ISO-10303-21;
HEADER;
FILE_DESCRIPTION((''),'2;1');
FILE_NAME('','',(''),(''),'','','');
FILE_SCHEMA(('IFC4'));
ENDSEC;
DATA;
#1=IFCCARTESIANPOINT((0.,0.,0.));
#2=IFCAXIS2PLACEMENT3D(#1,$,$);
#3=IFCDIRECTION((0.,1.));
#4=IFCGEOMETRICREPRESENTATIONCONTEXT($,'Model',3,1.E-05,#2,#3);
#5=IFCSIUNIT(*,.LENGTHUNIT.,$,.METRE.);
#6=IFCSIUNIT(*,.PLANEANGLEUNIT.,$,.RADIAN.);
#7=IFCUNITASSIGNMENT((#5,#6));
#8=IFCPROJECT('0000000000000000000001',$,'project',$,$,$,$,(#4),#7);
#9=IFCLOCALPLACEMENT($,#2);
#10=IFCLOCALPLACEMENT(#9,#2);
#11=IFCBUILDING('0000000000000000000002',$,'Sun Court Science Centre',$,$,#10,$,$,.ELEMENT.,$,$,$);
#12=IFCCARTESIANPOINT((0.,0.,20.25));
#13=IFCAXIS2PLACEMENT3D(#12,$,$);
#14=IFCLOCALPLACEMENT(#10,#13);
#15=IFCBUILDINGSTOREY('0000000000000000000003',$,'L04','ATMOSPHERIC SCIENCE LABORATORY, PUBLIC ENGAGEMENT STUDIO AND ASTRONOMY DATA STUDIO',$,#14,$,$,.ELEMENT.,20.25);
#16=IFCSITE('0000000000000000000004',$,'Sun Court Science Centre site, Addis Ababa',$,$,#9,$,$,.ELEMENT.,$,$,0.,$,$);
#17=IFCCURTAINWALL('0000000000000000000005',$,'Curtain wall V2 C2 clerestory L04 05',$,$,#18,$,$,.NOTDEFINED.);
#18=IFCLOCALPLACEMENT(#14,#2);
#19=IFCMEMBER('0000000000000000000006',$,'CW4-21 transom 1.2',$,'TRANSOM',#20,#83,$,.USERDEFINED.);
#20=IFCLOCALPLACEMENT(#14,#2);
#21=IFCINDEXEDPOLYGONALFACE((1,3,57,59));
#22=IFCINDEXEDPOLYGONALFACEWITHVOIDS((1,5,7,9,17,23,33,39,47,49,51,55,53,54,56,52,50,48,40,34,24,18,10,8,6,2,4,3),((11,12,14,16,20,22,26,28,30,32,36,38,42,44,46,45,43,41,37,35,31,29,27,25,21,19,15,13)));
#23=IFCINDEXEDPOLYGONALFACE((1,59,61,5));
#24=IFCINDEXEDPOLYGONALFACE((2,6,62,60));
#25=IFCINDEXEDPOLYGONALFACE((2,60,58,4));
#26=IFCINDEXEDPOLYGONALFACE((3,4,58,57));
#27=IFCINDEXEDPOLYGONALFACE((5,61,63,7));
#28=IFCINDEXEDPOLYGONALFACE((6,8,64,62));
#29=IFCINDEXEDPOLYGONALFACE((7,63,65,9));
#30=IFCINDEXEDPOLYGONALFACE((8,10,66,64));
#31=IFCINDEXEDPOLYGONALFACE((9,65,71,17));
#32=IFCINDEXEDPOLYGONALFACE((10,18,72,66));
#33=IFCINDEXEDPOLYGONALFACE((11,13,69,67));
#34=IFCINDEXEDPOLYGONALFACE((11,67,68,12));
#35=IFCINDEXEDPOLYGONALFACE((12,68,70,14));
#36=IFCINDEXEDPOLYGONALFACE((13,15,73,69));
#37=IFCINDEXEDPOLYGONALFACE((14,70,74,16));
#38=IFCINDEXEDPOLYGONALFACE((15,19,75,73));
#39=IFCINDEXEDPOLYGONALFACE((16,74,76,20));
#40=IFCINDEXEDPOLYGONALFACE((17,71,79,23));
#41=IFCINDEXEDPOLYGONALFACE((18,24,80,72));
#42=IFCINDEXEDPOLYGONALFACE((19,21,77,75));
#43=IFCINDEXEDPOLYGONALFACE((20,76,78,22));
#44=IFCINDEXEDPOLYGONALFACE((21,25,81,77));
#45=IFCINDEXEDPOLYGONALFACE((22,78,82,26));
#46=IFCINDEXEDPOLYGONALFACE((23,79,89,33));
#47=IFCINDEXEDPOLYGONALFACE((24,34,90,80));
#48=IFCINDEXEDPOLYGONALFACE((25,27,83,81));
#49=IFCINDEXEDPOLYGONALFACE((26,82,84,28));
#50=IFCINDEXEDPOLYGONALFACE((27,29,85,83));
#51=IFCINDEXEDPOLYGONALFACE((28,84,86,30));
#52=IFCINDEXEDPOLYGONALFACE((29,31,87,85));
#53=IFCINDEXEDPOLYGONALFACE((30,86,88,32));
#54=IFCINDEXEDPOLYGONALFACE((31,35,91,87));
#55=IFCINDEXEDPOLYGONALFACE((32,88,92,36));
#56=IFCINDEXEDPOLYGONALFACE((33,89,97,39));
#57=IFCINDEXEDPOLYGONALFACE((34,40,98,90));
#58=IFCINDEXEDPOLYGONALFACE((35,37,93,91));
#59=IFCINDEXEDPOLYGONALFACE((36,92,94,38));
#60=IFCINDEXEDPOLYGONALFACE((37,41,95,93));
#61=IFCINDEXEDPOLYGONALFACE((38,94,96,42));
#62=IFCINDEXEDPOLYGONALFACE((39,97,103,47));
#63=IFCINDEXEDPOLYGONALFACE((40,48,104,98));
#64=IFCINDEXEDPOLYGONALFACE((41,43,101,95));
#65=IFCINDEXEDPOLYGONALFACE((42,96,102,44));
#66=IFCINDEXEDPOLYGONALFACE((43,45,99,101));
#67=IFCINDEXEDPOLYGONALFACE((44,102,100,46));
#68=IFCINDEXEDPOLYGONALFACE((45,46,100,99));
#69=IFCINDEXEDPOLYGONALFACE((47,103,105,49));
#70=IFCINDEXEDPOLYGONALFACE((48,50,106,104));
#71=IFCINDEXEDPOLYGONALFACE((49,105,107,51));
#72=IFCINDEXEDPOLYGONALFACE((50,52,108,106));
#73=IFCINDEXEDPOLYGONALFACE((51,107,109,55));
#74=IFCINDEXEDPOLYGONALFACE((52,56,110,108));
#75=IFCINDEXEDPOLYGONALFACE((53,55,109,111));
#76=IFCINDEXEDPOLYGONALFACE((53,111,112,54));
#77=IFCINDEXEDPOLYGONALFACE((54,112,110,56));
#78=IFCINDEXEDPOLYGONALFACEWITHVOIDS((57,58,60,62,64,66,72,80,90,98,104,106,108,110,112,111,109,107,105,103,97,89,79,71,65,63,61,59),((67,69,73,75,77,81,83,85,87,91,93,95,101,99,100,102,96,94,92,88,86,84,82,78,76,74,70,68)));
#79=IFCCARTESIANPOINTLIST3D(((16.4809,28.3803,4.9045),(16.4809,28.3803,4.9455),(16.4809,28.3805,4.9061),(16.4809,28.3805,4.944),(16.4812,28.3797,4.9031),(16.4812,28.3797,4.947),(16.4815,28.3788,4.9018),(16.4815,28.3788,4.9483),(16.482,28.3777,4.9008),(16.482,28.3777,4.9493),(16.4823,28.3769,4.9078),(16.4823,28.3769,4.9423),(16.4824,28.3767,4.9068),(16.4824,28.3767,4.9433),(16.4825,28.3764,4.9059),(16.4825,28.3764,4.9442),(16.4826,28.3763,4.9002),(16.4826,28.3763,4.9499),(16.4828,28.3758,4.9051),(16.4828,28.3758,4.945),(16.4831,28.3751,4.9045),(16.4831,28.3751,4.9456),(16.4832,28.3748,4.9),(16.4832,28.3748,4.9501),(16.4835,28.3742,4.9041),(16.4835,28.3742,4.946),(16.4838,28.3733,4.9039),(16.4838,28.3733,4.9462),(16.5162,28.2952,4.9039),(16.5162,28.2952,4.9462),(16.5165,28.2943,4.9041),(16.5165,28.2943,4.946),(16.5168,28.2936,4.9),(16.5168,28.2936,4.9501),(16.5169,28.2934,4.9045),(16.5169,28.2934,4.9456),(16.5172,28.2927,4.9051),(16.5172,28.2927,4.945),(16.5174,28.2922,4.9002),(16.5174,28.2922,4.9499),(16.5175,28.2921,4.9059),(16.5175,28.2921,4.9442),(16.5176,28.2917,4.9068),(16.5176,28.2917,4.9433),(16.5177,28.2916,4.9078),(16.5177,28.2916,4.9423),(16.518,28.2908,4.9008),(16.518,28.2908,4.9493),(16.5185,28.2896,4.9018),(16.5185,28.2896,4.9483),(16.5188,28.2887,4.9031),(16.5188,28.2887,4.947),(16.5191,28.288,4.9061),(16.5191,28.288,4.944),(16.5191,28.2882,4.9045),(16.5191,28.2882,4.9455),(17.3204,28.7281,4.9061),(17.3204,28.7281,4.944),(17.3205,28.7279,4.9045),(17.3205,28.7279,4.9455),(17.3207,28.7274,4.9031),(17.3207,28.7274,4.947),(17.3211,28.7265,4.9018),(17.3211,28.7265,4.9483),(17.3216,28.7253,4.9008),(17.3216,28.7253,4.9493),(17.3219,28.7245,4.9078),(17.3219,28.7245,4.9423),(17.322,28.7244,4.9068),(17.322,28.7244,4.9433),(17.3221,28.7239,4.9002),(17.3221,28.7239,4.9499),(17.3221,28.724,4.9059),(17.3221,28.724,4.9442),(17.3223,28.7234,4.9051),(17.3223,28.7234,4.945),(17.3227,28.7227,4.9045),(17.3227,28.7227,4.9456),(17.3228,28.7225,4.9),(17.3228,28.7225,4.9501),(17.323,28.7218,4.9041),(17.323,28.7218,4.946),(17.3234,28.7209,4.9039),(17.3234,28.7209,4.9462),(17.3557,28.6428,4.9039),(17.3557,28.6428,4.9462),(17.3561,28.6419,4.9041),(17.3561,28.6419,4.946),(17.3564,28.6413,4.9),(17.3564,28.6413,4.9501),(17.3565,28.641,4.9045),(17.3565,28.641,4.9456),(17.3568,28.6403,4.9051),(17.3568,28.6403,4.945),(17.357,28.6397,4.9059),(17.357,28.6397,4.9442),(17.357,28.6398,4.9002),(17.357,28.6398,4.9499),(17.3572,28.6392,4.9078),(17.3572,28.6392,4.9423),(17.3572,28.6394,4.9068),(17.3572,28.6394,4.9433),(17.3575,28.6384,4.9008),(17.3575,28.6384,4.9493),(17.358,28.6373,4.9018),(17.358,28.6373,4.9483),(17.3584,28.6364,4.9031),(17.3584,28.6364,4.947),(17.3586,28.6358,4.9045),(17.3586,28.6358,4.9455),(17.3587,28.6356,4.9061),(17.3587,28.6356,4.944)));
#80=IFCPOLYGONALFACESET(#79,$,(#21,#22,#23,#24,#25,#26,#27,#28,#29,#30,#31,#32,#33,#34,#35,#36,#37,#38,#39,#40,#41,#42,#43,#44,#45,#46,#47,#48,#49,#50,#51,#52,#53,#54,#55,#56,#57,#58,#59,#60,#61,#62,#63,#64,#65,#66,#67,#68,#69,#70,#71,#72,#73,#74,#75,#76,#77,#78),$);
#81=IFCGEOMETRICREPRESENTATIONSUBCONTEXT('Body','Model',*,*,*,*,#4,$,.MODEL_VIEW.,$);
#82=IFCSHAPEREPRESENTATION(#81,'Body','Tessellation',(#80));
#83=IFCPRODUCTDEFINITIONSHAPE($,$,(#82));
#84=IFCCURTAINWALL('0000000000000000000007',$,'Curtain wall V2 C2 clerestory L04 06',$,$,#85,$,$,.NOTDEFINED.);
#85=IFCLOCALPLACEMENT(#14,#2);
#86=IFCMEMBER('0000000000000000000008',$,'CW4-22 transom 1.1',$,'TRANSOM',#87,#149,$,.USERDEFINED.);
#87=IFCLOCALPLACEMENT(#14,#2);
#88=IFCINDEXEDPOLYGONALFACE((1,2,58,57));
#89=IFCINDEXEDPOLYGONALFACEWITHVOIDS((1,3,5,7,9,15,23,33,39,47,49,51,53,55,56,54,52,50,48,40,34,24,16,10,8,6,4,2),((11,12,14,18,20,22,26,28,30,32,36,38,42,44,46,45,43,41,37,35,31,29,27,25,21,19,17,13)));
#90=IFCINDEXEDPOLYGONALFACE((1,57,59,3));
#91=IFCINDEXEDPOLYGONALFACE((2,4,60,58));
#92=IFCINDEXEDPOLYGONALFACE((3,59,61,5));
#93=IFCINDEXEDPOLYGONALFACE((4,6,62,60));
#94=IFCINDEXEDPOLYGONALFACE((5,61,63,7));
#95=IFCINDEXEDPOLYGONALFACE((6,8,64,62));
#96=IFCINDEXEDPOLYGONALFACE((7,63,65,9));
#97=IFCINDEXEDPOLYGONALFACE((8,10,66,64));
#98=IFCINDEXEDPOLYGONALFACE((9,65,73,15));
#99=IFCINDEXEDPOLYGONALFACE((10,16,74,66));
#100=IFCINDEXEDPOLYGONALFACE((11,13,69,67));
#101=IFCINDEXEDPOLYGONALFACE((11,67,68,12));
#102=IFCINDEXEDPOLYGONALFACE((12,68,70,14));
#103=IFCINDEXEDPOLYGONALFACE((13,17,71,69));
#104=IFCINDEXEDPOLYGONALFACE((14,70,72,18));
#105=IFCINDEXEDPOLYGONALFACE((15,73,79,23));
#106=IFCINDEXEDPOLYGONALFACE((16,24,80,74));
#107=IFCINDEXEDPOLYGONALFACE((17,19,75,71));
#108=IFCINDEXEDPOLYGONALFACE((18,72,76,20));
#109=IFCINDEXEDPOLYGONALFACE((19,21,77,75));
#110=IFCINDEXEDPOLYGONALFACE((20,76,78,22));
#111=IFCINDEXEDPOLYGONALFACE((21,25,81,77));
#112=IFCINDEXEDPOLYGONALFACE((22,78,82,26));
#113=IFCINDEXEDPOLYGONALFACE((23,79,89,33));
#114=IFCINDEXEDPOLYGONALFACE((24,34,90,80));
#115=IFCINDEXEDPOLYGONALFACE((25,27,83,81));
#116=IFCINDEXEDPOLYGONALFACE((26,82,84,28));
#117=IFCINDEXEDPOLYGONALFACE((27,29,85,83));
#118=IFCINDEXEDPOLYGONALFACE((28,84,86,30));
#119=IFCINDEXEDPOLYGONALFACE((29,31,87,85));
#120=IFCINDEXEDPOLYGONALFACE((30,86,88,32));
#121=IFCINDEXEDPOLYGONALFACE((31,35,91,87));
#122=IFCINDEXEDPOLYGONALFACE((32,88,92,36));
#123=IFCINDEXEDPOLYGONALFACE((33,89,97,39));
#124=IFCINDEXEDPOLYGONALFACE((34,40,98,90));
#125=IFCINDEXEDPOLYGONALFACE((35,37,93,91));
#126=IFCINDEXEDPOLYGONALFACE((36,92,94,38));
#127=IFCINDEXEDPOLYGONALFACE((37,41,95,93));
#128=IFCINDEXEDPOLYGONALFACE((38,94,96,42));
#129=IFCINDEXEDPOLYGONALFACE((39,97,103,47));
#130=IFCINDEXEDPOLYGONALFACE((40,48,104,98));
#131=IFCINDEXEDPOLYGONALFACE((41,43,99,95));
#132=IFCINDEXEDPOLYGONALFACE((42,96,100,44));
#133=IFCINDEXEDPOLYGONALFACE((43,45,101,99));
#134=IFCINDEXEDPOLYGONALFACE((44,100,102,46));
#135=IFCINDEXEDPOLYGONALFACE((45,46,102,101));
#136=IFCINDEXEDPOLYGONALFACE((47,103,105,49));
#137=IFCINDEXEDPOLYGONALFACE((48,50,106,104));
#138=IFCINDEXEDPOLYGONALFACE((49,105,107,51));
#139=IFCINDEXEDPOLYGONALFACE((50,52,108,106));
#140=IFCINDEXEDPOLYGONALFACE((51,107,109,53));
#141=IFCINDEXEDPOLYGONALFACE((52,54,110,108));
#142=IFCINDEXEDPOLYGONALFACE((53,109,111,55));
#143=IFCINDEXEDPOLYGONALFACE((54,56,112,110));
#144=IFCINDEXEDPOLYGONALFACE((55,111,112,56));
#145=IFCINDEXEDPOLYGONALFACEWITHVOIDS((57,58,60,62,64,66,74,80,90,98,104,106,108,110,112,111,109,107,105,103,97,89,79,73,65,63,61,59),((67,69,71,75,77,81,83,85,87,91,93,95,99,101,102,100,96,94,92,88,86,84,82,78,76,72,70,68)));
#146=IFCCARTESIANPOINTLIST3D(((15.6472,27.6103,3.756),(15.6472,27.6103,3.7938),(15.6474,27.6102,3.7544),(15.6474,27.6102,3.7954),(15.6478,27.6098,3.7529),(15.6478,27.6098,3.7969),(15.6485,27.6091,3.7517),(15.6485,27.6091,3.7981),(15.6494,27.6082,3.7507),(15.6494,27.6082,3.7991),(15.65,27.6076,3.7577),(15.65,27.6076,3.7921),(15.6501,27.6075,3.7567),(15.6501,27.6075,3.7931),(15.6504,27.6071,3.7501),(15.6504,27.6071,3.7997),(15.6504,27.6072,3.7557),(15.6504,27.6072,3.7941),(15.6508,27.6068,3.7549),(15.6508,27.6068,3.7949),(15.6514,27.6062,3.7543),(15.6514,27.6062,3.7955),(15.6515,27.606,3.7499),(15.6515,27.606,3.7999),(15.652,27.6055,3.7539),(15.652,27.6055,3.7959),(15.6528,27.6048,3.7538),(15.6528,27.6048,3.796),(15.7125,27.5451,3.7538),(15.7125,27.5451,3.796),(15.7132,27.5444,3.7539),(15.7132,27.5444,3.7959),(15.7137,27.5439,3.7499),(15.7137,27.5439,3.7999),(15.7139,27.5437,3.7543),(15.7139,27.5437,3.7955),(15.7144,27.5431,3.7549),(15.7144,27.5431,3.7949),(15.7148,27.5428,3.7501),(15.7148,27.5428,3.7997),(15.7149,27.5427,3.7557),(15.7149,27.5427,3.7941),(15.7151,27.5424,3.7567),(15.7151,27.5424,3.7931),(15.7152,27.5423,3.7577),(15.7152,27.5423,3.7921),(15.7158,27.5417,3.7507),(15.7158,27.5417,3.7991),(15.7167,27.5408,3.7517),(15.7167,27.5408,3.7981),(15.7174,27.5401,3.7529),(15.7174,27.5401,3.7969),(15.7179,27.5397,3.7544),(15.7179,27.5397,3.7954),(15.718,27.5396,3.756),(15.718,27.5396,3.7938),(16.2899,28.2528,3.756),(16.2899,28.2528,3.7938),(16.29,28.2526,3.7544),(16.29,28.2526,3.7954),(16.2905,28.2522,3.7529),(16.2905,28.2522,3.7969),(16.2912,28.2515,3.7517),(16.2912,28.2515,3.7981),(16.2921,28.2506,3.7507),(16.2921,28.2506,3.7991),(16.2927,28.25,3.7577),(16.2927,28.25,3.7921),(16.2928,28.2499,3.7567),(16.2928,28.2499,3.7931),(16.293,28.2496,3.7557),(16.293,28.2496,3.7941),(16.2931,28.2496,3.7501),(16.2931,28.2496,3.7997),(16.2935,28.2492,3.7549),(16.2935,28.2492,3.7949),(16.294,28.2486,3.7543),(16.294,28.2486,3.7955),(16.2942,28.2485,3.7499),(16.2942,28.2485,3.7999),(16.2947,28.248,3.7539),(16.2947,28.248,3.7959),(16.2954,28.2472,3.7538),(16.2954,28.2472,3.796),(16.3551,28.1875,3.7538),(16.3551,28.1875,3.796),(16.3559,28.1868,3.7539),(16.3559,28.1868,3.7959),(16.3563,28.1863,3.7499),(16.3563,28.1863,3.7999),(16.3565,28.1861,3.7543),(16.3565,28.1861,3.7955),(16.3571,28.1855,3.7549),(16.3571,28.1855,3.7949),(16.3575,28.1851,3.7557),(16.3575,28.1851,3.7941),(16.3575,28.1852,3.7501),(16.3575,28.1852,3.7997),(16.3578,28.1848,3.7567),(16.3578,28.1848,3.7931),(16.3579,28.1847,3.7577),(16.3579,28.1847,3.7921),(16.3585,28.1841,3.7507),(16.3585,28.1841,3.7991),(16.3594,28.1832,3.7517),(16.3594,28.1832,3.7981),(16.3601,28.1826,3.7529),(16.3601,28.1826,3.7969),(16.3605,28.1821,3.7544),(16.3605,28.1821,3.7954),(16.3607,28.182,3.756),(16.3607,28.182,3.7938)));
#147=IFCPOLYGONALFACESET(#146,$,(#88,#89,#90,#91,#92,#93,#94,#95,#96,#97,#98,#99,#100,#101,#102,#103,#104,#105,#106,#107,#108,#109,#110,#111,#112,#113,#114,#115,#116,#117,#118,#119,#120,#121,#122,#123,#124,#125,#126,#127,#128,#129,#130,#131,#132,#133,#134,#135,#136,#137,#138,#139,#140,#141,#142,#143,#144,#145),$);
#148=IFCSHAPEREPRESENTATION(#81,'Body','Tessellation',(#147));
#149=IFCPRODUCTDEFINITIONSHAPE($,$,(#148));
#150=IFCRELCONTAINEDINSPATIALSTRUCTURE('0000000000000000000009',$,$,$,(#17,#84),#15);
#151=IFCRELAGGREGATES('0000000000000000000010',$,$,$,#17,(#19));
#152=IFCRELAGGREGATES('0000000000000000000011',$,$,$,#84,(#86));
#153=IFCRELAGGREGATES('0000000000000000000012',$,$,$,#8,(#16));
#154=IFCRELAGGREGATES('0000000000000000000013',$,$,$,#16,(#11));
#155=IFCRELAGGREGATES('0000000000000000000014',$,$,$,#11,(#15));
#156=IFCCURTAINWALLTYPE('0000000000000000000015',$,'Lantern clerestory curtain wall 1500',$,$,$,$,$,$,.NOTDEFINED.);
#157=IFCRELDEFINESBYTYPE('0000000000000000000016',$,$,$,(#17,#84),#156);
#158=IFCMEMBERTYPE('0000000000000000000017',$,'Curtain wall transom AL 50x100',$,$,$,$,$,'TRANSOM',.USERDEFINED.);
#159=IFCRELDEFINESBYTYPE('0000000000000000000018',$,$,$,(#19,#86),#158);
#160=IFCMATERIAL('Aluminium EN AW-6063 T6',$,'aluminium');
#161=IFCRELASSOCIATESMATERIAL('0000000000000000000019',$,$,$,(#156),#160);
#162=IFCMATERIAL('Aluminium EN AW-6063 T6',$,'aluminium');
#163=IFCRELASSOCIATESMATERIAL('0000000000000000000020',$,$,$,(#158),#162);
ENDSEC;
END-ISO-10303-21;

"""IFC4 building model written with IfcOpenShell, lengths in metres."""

from ifc_helpers import new_model, si_unit, direction, frame, origin, origin_2d, place, context, subcontext, project, spatial, hollow_rectangle, extrude, material, material_profile, profile_set, type_object, element, aggregate, save


model = new_model("IFC4")

# Units and contexts
model_context = context("Model", 3, precision=1e-05, world=origin(), true_north=direction((0.0, 1.0)))
body_context = subcontext(model_context, "Body", "Model", "MODEL_VIEW")
ifc_project = project(units=[si_unit("LENGTHUNIT", "METRE"), si_unit("PLANEANGLEUNIT", "RADIAN")], contexts=[model_context])

# Site, building, storey
site_placement = place(None, origin())
site = spatial("IfcSite", under=ifc_project, at=site_placement, Name="Sun Court Science Centre site, Addis Ababa", CompositionType="ELEMENT", RefElevation=0.0)
building_placement = place(site_placement, origin())
building = spatial("IfcBuilding", under=site, at=building_placement, Name="Sun Court Science Centre", CompositionType="ELEMENT")
storey_placement = place(building_placement, frame((0.0, 0.0, 20.25)))
storey = spatial("IfcBuildingStorey", under=building, at=storey_placement, Name="L04", Description="ATMOSPHERIC SCIENCE LABORATORY, PUBLIC ENGAGEMENT STUDIO AND ASTRONOMY DATA STUDIO", CompositionType="ELEMENT", Elevation=20.25)

# Curtain walls, members
ifc_material_1 = material(Name="Aluminium EN AW-6063 T6", Category="aluminium")
curtain_wall_type = type_object("IfcCurtainWallType", Name="Lantern clerestory curtain wall 1500", PredefinedType="NOTDEFINED", material=ifc_material_1)
curtain_wall_1_placement = place(storey_placement, origin())
curtain_wall_1 = element("IfcCurtainWall", 1, at=curtain_wall_1_placement, inside=storey, type_object=curtain_wall_type, Name="Curtain wall V2 C2 clerestory L04 05", PredefinedType="NOTDEFINED")
ifc_material_2 = material(Name="Aluminium EN AW-6063 T6", Category="aluminium")
ifc_material_profile_1 = material_profile(ifc_material_2, hollow_rectangle(XDim=0.05, YDim=0.1001, WallThickness=0.0039, InnerFilletRadius=0.0039, OuterFilletRadius=0.0061, at=origin_2d()), Name="AL 50x100x4")
ifc_profile_set_1 = profile_set([ifc_material_profile_1], Name="Aluminium EN AW-6063 T6")
member_type_1 = type_object("IfcMemberType", Name="Curtain wall transom AL 50x100", ElementType="TRANSOM", PredefinedType="USERDEFINED", material=ifc_profile_set_1)
member_1_placement = place(storey_placement, frame((16.5, 28.3342, 4.925), z_axis=(0.923925, 0.382573, 0.0), x_axis=(0.0, 0.0, 1.0)))
member_1 = element("IfcMember", 2, at=member_1_placement, type_object=member_type_1, Name="CW4-21 transom 1.2", ObjectType="TRANSOM", PredefinedType="USERDEFINED", context=body_context, shape_type="SweptSolid", body=[
    extrude(hollow_rectangle(XDim=0.05, YDim=0.1001, WallThickness=0.0039, InnerFilletRadius=0.0039, OuterFilletRadius=0.0061, at=origin_2d()), origin(), (0.0, 0.0, 1.0), 0.9087),
])
curtain_wall_2_placement = place(storey_placement, origin())
curtain_wall_2 = element("IfcCurtainWall", 3, at=curtain_wall_2_placement, inside=storey, type_object=curtain_wall_type, Name="Curtain wall V2 C2 clerestory L04 06", PredefinedType="NOTDEFINED")
member_2_placement = place(storey_placement, frame((15.6826, 27.575, 3.7749), z_axis=(0.707241, 0.706972, 0.0), x_axis=(0.0, 0.0, 1.0)))
member_2 = element("IfcMember", 4, at=member_2_placement, type_object=member_type_1, Name="CW4-22 transom 1.1", ObjectType="TRANSOM", PredefinedType="USERDEFINED", context=body_context, shape_type="SweptSolid", body=[
    extrude(hollow_rectangle(XDim=0.05, YDim=0.1001, WallThickness=0.0039, InnerFilletRadius=0.0039, OuterFilletRadius=0.0061, at=origin_2d()), origin(), (0.0, 0.0, 1.0), 0.9087),
])

aggregate(curtain_wall_1, [member_1])
aggregate(curtain_wall_2, [member_2])

save(model, "model.ifc")
